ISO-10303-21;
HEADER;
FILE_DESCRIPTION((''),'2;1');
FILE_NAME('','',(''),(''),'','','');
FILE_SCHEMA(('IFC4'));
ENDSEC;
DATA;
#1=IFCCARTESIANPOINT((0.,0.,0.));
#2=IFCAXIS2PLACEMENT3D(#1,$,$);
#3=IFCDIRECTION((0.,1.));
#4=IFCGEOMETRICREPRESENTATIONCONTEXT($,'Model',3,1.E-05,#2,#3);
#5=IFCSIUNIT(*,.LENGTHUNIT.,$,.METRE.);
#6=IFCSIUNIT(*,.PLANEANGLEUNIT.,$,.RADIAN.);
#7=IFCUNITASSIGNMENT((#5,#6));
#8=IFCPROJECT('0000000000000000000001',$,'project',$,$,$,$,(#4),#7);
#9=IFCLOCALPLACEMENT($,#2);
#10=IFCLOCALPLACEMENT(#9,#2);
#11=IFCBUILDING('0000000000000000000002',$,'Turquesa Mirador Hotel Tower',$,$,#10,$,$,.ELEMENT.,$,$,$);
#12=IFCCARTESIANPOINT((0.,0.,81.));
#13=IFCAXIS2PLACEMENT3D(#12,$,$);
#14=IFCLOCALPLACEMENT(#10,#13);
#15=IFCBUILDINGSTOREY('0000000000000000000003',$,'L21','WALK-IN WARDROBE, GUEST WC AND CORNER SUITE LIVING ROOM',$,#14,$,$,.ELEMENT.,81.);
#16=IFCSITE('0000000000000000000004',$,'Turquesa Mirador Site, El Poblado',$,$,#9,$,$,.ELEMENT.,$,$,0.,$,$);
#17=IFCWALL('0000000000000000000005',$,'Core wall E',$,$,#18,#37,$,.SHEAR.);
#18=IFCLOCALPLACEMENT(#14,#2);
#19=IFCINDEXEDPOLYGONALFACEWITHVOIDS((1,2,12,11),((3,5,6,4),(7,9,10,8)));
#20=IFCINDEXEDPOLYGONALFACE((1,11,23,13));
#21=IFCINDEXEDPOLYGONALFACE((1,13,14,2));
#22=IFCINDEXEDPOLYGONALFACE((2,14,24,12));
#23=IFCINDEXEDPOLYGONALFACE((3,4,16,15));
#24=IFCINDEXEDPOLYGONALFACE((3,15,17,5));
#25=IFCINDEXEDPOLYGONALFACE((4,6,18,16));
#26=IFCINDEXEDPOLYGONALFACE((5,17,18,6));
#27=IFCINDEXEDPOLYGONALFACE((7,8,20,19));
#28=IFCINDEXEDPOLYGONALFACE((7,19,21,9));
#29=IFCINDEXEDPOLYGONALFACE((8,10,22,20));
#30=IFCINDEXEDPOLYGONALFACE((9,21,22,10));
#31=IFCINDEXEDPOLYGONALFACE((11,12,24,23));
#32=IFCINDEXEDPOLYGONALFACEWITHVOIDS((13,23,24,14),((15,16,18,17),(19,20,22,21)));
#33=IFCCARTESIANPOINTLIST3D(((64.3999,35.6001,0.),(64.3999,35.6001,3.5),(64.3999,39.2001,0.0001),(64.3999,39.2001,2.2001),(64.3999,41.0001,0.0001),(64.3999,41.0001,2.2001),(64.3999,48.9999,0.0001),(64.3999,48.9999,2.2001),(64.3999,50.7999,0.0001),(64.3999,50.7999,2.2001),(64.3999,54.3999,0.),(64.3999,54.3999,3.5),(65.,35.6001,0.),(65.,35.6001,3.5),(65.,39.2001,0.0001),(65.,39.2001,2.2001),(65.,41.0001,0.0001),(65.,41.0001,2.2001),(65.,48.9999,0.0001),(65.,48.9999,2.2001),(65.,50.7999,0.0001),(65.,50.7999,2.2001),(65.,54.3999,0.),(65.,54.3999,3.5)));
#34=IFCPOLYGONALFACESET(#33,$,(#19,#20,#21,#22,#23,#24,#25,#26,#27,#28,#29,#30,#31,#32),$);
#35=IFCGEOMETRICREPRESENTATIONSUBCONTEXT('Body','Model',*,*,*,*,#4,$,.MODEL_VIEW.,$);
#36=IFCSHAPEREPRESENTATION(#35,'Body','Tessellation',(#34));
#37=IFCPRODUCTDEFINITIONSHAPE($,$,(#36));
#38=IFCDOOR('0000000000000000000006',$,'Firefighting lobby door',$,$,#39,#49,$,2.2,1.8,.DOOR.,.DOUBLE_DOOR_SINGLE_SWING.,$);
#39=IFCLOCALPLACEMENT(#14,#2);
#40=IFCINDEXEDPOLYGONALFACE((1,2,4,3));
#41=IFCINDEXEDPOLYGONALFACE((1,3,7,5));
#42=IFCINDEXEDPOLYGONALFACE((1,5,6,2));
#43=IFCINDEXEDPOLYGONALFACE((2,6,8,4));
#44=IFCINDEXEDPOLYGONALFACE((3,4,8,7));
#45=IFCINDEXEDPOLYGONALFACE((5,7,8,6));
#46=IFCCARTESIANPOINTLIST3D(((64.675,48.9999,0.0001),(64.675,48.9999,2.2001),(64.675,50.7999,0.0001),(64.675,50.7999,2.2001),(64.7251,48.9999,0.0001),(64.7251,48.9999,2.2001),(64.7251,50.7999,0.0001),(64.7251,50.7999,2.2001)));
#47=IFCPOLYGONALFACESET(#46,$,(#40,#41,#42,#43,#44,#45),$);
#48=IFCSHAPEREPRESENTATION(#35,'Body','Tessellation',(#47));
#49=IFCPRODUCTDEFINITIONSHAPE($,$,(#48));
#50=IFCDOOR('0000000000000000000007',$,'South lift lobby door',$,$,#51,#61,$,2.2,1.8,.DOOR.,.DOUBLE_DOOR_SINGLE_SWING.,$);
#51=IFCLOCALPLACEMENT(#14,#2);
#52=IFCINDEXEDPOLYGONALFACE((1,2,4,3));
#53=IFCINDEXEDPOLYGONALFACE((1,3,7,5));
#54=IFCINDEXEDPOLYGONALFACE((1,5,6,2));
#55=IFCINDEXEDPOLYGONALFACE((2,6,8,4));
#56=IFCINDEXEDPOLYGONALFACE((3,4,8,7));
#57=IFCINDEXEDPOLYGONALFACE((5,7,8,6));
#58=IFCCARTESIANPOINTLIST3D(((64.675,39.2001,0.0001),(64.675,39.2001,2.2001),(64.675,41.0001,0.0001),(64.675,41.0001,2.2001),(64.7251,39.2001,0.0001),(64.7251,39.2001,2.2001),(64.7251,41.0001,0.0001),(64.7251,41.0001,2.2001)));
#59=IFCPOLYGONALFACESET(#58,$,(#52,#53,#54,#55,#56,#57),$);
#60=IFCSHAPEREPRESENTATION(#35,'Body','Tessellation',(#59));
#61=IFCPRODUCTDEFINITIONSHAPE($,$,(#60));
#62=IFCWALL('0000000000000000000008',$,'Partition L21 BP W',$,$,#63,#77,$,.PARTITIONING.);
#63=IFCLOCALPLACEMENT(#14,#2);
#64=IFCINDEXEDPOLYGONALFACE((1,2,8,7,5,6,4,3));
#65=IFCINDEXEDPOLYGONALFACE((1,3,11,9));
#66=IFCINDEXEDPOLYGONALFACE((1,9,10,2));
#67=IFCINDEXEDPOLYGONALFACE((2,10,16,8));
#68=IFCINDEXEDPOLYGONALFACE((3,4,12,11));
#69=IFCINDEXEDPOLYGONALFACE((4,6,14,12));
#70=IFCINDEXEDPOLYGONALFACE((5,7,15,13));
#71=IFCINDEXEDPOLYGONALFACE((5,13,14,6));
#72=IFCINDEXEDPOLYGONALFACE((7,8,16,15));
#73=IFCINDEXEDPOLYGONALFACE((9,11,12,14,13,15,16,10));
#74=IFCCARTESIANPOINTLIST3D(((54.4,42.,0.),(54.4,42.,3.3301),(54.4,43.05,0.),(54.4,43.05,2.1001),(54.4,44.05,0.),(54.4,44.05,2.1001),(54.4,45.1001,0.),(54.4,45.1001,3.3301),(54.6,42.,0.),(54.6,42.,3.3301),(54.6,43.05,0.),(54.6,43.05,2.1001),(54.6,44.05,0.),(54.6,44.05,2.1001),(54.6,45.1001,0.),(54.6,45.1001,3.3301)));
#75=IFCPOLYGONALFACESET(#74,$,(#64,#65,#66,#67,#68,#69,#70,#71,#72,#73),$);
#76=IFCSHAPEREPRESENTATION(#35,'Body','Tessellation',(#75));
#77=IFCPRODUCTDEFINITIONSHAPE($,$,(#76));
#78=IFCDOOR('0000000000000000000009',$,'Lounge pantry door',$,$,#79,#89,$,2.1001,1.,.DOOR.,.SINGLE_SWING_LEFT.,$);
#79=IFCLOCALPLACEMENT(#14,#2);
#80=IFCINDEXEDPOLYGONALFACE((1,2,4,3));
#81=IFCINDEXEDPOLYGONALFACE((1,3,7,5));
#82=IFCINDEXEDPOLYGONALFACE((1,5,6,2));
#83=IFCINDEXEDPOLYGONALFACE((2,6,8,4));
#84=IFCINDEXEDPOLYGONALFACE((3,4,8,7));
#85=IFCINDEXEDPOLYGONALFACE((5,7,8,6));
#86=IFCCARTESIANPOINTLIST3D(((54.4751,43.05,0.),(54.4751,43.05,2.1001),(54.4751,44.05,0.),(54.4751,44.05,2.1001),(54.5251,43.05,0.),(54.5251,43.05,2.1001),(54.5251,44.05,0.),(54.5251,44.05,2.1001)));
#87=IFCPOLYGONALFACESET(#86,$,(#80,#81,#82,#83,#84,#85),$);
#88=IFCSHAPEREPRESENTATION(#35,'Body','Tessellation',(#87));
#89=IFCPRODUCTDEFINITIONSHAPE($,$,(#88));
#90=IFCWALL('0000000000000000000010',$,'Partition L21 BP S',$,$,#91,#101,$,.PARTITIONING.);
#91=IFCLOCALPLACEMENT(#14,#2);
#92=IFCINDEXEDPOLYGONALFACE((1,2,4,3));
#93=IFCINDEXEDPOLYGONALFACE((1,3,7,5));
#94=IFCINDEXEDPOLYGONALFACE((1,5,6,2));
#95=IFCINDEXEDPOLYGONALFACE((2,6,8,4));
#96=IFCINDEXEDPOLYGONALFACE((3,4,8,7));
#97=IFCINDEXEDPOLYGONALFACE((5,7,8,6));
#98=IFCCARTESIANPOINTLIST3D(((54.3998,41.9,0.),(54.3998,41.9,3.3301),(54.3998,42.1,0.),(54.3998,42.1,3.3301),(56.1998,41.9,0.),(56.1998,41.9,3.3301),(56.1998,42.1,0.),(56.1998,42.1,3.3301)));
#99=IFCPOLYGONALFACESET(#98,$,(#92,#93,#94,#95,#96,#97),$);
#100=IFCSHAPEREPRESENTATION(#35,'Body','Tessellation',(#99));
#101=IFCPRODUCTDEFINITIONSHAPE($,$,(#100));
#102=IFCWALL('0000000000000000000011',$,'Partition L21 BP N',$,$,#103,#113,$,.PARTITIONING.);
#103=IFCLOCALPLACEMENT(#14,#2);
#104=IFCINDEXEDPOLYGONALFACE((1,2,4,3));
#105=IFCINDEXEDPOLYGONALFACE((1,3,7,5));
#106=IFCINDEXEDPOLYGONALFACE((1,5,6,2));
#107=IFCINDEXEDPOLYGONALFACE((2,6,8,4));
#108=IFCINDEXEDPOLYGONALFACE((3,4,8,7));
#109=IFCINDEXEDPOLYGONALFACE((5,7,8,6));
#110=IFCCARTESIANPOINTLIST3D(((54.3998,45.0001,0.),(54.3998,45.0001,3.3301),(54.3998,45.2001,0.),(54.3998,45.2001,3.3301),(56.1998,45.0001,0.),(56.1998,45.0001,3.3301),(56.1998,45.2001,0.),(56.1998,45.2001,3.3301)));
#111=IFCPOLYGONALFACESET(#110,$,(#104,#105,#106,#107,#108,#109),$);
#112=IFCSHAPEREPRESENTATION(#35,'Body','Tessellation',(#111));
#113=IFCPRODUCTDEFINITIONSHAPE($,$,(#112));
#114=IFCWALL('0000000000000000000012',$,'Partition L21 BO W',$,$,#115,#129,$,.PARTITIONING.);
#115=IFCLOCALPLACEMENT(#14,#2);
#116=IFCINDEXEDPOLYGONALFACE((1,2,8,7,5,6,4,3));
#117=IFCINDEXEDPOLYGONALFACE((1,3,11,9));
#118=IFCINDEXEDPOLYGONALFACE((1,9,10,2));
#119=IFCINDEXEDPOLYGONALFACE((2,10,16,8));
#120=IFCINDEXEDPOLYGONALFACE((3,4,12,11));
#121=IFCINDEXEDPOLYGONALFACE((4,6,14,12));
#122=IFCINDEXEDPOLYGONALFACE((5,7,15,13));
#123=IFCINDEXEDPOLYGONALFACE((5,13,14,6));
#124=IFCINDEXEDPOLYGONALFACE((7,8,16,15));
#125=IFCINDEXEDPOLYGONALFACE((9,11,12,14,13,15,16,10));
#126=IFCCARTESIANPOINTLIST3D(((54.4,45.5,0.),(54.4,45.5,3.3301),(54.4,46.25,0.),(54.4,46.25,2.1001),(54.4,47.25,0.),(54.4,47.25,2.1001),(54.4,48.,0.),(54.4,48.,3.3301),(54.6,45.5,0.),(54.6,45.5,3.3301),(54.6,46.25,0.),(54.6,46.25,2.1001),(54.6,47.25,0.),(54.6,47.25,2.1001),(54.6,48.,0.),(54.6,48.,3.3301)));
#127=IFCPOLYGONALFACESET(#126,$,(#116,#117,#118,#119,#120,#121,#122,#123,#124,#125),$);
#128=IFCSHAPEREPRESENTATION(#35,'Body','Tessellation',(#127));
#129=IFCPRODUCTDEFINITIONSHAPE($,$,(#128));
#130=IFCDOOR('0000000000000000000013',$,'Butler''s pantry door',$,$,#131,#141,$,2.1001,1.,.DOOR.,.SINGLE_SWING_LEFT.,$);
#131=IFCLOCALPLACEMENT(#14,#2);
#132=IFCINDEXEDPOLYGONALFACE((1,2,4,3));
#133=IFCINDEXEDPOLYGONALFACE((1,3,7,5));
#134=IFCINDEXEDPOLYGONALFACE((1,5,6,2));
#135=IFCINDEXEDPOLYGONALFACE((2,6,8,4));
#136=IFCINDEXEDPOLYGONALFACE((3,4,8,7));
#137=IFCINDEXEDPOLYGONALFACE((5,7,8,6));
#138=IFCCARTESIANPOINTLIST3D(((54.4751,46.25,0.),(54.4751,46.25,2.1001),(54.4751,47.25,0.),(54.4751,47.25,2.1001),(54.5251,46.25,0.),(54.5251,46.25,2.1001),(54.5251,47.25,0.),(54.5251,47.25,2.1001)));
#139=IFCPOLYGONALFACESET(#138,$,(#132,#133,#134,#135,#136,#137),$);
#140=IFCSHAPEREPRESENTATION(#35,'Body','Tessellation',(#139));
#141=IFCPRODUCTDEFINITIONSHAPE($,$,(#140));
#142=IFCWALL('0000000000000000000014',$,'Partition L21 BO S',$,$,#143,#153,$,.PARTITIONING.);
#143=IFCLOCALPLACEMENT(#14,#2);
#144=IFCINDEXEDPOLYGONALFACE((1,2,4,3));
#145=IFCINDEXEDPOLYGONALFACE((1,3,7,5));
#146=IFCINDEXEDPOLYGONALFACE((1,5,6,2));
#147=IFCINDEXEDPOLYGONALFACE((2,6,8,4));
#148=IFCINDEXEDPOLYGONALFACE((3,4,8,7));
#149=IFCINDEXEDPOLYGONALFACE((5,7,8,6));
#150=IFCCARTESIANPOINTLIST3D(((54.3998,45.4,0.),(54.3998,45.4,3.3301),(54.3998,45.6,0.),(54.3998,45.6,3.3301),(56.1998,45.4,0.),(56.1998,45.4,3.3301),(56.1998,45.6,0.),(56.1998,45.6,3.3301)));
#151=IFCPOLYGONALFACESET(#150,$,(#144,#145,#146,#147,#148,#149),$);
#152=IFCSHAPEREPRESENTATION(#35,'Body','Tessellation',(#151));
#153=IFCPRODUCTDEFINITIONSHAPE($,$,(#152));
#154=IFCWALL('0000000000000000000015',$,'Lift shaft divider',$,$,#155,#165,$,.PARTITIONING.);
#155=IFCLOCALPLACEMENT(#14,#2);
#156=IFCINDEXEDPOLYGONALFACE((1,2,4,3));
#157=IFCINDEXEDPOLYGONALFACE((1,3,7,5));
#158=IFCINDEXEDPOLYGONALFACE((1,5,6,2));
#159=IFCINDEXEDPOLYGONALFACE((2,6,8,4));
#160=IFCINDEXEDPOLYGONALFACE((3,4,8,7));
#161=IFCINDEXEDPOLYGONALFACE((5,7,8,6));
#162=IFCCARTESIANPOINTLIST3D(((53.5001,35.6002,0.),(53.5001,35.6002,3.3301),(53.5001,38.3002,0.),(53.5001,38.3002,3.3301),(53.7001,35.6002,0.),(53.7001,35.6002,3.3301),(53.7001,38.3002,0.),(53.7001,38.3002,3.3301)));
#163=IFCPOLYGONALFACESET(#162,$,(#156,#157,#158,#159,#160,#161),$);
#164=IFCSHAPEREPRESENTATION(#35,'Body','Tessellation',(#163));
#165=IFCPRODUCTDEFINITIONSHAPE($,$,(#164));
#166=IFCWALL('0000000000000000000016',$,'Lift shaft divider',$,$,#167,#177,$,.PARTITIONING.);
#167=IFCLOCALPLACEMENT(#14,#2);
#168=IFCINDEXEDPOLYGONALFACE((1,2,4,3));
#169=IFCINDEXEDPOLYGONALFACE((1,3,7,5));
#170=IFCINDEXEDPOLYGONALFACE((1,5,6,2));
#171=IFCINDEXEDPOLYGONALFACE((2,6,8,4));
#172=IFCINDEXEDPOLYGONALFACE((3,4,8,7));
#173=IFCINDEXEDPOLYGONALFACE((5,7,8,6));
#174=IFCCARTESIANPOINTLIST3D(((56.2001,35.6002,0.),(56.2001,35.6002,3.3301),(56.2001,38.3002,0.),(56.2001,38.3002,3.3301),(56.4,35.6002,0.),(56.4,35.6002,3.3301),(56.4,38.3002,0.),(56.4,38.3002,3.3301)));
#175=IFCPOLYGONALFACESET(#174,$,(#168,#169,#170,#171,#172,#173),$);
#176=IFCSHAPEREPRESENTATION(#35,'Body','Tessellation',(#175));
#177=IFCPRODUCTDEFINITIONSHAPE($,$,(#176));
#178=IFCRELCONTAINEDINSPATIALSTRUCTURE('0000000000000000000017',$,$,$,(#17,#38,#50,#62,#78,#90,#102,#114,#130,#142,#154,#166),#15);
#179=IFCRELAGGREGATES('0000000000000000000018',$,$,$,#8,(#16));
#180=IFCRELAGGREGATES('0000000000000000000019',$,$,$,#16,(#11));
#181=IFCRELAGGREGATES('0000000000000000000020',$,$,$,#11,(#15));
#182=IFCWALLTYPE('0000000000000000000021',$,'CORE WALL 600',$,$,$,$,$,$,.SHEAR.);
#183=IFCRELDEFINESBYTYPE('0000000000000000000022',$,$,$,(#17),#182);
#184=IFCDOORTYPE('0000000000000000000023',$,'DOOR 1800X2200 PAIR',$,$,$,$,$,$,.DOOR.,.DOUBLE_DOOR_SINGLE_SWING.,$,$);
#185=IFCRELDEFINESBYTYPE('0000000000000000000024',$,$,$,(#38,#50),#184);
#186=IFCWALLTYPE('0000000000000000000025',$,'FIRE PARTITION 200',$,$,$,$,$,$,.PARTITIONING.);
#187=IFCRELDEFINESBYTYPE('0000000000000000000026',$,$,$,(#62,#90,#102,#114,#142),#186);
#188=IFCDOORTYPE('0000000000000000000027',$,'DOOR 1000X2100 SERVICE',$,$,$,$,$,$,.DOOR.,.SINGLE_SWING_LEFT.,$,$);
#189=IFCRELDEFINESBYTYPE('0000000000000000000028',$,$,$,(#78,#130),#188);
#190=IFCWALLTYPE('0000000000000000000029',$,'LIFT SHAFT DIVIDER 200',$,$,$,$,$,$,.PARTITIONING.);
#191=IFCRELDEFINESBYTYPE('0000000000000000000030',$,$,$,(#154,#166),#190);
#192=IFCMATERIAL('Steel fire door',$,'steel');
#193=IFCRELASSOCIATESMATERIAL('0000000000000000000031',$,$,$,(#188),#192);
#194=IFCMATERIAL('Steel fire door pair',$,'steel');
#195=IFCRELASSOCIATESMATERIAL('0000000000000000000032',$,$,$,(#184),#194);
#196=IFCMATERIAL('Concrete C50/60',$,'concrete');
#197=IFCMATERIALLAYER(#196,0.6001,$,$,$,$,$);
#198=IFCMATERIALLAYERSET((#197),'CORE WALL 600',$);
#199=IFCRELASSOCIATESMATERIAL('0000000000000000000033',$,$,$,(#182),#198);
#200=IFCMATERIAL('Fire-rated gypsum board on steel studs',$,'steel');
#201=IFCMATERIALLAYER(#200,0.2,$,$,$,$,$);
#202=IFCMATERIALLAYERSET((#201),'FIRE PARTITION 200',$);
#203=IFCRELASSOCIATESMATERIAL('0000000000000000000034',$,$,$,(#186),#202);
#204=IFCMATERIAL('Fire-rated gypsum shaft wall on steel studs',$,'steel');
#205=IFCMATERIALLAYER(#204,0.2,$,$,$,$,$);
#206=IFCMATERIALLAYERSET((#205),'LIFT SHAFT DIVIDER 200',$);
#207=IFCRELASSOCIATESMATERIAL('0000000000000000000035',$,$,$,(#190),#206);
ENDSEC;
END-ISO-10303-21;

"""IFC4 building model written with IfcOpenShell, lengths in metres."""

from ifc_helpers import new_model, si_unit, direction, frame, frame_2d, origin, place, context, subcontext, project, spatial, rectangle, extrude, material, layer, layer_set, type_object, element, fill, save


model = new_model("IFC4")

# Units and contexts
model_context = context("Model", 3, precision=1e-05, world=origin(), true_north=direction((0.0, 1.0)))
body_context = subcontext(model_context, "Body", "Model", "MODEL_VIEW")
ifc_project = project(units=[si_unit("LENGTHUNIT", "METRE"), si_unit("PLANEANGLEUNIT", "RADIAN")], contexts=[model_context])

# Site, building, storey
site_placement = place(None, origin())
site = spatial("IfcSite", under=ifc_project, at=site_placement, Name="Turquesa Mirador Site, El Poblado", CompositionType="ELEMENT", RefElevation=0.0)
building_placement = place(site_placement, origin())
building = spatial("IfcBuilding", under=site, at=building_placement, Name="Turquesa Mirador Hotel Tower", CompositionType="ELEMENT")
storey_placement = place(building_placement, frame((0.0, 0.0, 81.0)))
storey = spatial("IfcBuildingStorey", under=building, at=storey_placement, Name="L21", Description="WALK-IN WARDROBE, GUEST WC AND CORNER SUITE LIVING ROOM", CompositionType="ELEMENT", Elevation=81.0)

# Shared definitions
ifc_material_1 = material(Name="Steel fire door", Category="steel")
door_type_1 = type_object("IfcDoorType", Name="DOOR 1000X2100 SERVICE", OperationType="SINGLE_SWING_LEFT", PredefinedType="DOOR", material=ifc_material_1)
ifc_material_2 = material(Name="Steel fire door pair", Category="steel")
door_type_2 = type_object("IfcDoorType", Name="DOOR 1800X2200 PAIR", OperationType="DOUBLE_DOOR_SINGLE_SWING", PredefinedType="DOOR", material=ifc_material_2)

# Wall, openings, doors
ifc_material_3 = material(Name="Concrete C50/60", Category="concrete")
ifc_layer_1 = layer(ifc_material_3, 0.6001)
ifc_layer_set_1 = layer_set([ifc_layer_1], Name="CORE WALL 600")
wall_type_1 = type_object("IfcWallType", Name="CORE WALL 600", PredefinedType="SHEAR", material=ifc_layer_set_1)
wall_1_placement = place(storey_placement, frame((64.7, 35.6001, 0.0), z_axis=(0.0, 0.0, 1.0), x_axis=(0.0, 1.0, 0.0)))
wall_1 = element("IfcWall", 1, at=wall_1_placement, inside=storey, type_object=wall_type_1, Name="Core wall E", PredefinedType="SHEAR", context=body_context, shape_type="SweptSolid", body=[
    extrude(rectangle(XDim=18.7998, YDim=0.6001, at=frame_2d((9.3999, 0.0))), origin(), (0.0, 0.0, 1.0), 3.5),
])
opening_1_placement = place(wall_1_placement, frame((13.3999, 0.0, 0.0)))
opening_1 = element("IfcOpeningElement", 2, at=opening_1_placement, cuts=wall_1, PredefinedType="OPENING", context=body_context, shape_type="SweptSolid", body=[
    extrude(rectangle(XDim=1.8, YDim=2.2, at=frame_2d((0.8999, 1.1001))), frame((0.0, 0.3101, 0.0), z_axis=(0.0, -1.0, 0.0), x_axis=(1.0, 0.0, 0.0)), (0.0, 0.0, 1.0), 0.6201),
])
opening_2_placement = place(wall_1_placement, frame((3.6001, 0.0, 0.0)))
opening_2 = element("IfcOpeningElement", 3, at=opening_2_placement, cuts=wall_1, PredefinedType="OPENING", context=body_context, shape_type="SweptSolid", body=[
    extrude(rectangle(XDim=1.8, YDim=2.2, at=frame_2d((0.8999, 1.1001))), frame((0.0, 0.3101, 0.0), z_axis=(0.0, -1.0, 0.0), x_axis=(1.0, 0.0, 0.0)), (0.0, 0.0, 1.0), 0.6201),
])
door_1_placement = place(opening_1_placement, origin())
door_1 = element("IfcDoor", 4, at=door_1_placement, inside=storey, type_object=door_type_2, Name="Firefighting lobby door", OperationType="DOUBLE_DOOR_SINGLE_SWING", OverallHeight=2.2, OverallWidth=1.8, PredefinedType="DOOR", context=body_context, shape_type="SweptSolid", body=[
    extrude(rectangle(XDim=1.8, YDim=2.2, at=frame_2d((0.8999, 1.1001))), frame((0.0, 0.0249, 0.0), z_axis=(0.0, -1.0, 0.0), x_axis=(1.0, 0.0, 0.0)), (0.0, 0.0, 1.0), 0.05),
])
fill(opening_1, door_1)
door_2_placement = place(opening_2_placement, origin())
door_2 = element("IfcDoor", 5, at=door_2_placement, inside=storey, type_object=door_type_2, Name="South lift lobby door", OperationType="DOUBLE_DOOR_SINGLE_SWING", OverallHeight=2.2, OverallWidth=1.8, PredefinedType="DOOR", context=body_context, shape_type="SweptSolid", body=[
    extrude(rectangle(XDim=1.8, YDim=2.2, at=frame_2d((0.8999, 1.1001))), frame((0.0, 0.0249, 0.0), z_axis=(0.0, -1.0, 0.0), x_axis=(1.0, 0.0, 0.0)), (0.0, 0.0, 1.0), 0.05),
])
fill(opening_2, door_2)

# Wall, opening, door
ifc_material_4 = material(Name="Fire-rated gypsum board on steel studs", Category="steel")
ifc_layer_2 = layer(ifc_material_4, 0.2)
ifc_layer_set_2 = layer_set([ifc_layer_2], Name="FIRE PARTITION 200")
wall_type_2 = type_object("IfcWallType", Name="FIRE PARTITION 200", PredefinedType="PARTITIONING", material=ifc_layer_set_2)
wall_2_placement = place(storey_placement, frame((54.5, 42.0, 0.0), z_axis=(0.0, 0.0, 1.0), x_axis=(0.0, 1.0, 0.0)))
wall_2 = element("IfcWall", 6, at=wall_2_placement, inside=storey, type_object=wall_type_2, Name="Partition L21 BP W", PredefinedType="PARTITIONING", context=body_context, shape_type="SweptSolid", body=[
    extrude(rectangle(XDim=3.1001, YDim=0.2, at=frame_2d((1.55, 0.0))), origin(), (0.0, 0.0, 1.0), 3.3301),
])
opening_3_placement = place(wall_2_placement, frame((1.05, 0.0, 0.0)))
opening_3 = element("IfcOpeningElement", 7, at=opening_3_placement, cuts=wall_2, PredefinedType="OPENING", context=body_context, shape_type="SweptSolid", body=[
    extrude(rectangle(XDim=1.0, YDim=2.1001, at=frame_2d((0.5, 1.05))), frame((0.0, 0.1099, 0.0), z_axis=(0.0, -1.0, 0.0), x_axis=(1.0, 0.0, 0.0)), (0.0, 0.0, 1.0), 0.22),
])
door_3_placement = place(opening_3_placement, origin())
door_3 = element("IfcDoor", 8, at=door_3_placement, inside=storey, type_object=door_type_1, Name="Lounge pantry door", OperationType="SINGLE_SWING_LEFT", OverallHeight=2.1001, OverallWidth=1.0, PredefinedType="DOOR", context=body_context, shape_type="SweptSolid", body=[
    extrude(rectangle(XDim=1.0, YDim=2.1001, at=frame_2d((0.5, 1.05))), frame((0.0, 0.0249, 0.0), z_axis=(0.0, -1.0, 0.0), x_axis=(1.0, 0.0, 0.0)), (0.0, 0.0, 1.0), 0.05),
])
fill(opening_3, door_3)

# Walls
for number, where, z_axis, x_axis, name in (
    (9, (54.3999, 42.0, 0.0), (0.0, 0.0, 1.0), (1.0, 0.0, 0.0), "Partition L21 BP S"),
    (10, (54.3999, 45.1001, 0.0), (0.0, 0.0, 1.0), (1.0, 0.0, 0.0), "Partition L21 BP N"),
):
    element("IfcWall", number, at=place(storey_placement, frame(where, z_axis=z_axis, x_axis=x_axis)), inside=storey, type_object=wall_type_2, Name=name, PredefinedType="PARTITIONING", context=body_context, shape_type="SweptSolid", body=[
        extrude(rectangle(XDim=1.8, YDim=0.2, at=frame_2d((0.8999, 0.0))), origin(), (0.0, 0.0, 1.0), 3.3301),
    ])

# Wall, opening, door
wall_3_placement = place(storey_placement, frame((54.5, 45.5, 0.0), z_axis=(0.0, 0.0, 1.0), x_axis=(0.0, 1.0, 0.0)))
wall_3 = element("IfcWall", 11, at=wall_3_placement, inside=storey, type_object=wall_type_2, Name="Partition L21 BO W", PredefinedType="PARTITIONING", context=body_context, shape_type="SweptSolid", body=[
    extrude(rectangle(XDim=2.5, YDim=0.2, at=frame_2d((1.25, 0.0))), origin(), (0.0, 0.0, 1.0), 3.3301),
])
opening_4_placement = place(wall_3_placement, frame((0.75, 0.0, 0.0)))
opening_4 = element("IfcOpeningElement", 12, at=opening_4_placement, cuts=wall_3, PredefinedType="OPENING", context=body_context, shape_type="SweptSolid", body=[
    extrude(rectangle(XDim=1.0, YDim=2.1001, at=frame_2d((0.5, 1.05))), frame((0.0, 0.1099, 0.0), z_axis=(0.0, -1.0, 0.0), x_axis=(1.0, 0.0, 0.0)), (0.0, 0.0, 1.0), 0.22),
])
door_4_placement = place(opening_4_placement, origin())
door_4 = element("IfcDoor", 13, at=door_4_placement, inside=storey, type_object=door_type_1, Name="Butler's pantry door", OperationType="SINGLE_SWING_LEFT", OverallHeight=2.1001, OverallWidth=1.0, PredefinedType="DOOR", context=body_context, shape_type="SweptSolid", body=[
    extrude(rectangle(XDim=1.0, YDim=2.1001, at=frame_2d((0.5, 1.05))), frame((0.0, 0.0249, 0.0), z_axis=(0.0, -1.0, 0.0), x_axis=(1.0, 0.0, 0.0)), (0.0, 0.0, 1.0), 0.05),
])
fill(opening_4, door_4)

# Walls
wall_4_placement = place(storey_placement, frame((54.3999, 45.5, 0.0), z_axis=(0.0, 0.0, 1.0), x_axis=(1.0, 0.0, 0.0)))
element("IfcWall", 14, at=wall_4_placement, inside=storey, type_object=wall_type_2, Name="Partition L21 BO S", PredefinedType="PARTITIONING", context=body_context, shape_type="SweptSolid", body=[
    extrude(rectangle(XDim=1.8, YDim=0.2, at=frame_2d((0.8999, 0.0))), origin(), (0.0, 0.0, 1.0), 3.3301),
])
ifc_material_5 = material(Name="Fire-rated gypsum shaft wall on steel studs", Category="steel")
ifc_layer_3 = layer(ifc_material_5, 0.2)
ifc_layer_set_3 = layer_set([ifc_layer_3], Name="LIFT SHAFT DIVIDER 200")
wall_type_3 = type_object("IfcWallType", Name="LIFT SHAFT DIVIDER 200", PredefinedType="PARTITIONING", material=ifc_layer_set_3)
for number, where, z_axis, x_axis, name in (
    (15, (53.6001, 35.6001, 0.0), (0.0, 0.0, 1.0), (0.0, 1.0, 0.0), "Lift shaft divider"),
    (16, (56.3, 35.6001, 0.0), (0.0, 0.0, 1.0), (0.0, 1.0, 0.0), "Lift shaft divider"),
):
    element("IfcWall", number, at=place(storey_placement, frame(where, z_axis=z_axis, x_axis=x_axis)), inside=storey, type_object=wall_type_3, Name=name, PredefinedType="PARTITIONING", context=body_context, shape_type="SweptSolid", body=[
        extrude(rectangle(XDim=2.7, YDim=0.2, at=frame_2d((1.3501, 0.0))), origin(), (0.0, 0.0, 1.0), 3.3301),
    ])

save(model, "model.ifc")
